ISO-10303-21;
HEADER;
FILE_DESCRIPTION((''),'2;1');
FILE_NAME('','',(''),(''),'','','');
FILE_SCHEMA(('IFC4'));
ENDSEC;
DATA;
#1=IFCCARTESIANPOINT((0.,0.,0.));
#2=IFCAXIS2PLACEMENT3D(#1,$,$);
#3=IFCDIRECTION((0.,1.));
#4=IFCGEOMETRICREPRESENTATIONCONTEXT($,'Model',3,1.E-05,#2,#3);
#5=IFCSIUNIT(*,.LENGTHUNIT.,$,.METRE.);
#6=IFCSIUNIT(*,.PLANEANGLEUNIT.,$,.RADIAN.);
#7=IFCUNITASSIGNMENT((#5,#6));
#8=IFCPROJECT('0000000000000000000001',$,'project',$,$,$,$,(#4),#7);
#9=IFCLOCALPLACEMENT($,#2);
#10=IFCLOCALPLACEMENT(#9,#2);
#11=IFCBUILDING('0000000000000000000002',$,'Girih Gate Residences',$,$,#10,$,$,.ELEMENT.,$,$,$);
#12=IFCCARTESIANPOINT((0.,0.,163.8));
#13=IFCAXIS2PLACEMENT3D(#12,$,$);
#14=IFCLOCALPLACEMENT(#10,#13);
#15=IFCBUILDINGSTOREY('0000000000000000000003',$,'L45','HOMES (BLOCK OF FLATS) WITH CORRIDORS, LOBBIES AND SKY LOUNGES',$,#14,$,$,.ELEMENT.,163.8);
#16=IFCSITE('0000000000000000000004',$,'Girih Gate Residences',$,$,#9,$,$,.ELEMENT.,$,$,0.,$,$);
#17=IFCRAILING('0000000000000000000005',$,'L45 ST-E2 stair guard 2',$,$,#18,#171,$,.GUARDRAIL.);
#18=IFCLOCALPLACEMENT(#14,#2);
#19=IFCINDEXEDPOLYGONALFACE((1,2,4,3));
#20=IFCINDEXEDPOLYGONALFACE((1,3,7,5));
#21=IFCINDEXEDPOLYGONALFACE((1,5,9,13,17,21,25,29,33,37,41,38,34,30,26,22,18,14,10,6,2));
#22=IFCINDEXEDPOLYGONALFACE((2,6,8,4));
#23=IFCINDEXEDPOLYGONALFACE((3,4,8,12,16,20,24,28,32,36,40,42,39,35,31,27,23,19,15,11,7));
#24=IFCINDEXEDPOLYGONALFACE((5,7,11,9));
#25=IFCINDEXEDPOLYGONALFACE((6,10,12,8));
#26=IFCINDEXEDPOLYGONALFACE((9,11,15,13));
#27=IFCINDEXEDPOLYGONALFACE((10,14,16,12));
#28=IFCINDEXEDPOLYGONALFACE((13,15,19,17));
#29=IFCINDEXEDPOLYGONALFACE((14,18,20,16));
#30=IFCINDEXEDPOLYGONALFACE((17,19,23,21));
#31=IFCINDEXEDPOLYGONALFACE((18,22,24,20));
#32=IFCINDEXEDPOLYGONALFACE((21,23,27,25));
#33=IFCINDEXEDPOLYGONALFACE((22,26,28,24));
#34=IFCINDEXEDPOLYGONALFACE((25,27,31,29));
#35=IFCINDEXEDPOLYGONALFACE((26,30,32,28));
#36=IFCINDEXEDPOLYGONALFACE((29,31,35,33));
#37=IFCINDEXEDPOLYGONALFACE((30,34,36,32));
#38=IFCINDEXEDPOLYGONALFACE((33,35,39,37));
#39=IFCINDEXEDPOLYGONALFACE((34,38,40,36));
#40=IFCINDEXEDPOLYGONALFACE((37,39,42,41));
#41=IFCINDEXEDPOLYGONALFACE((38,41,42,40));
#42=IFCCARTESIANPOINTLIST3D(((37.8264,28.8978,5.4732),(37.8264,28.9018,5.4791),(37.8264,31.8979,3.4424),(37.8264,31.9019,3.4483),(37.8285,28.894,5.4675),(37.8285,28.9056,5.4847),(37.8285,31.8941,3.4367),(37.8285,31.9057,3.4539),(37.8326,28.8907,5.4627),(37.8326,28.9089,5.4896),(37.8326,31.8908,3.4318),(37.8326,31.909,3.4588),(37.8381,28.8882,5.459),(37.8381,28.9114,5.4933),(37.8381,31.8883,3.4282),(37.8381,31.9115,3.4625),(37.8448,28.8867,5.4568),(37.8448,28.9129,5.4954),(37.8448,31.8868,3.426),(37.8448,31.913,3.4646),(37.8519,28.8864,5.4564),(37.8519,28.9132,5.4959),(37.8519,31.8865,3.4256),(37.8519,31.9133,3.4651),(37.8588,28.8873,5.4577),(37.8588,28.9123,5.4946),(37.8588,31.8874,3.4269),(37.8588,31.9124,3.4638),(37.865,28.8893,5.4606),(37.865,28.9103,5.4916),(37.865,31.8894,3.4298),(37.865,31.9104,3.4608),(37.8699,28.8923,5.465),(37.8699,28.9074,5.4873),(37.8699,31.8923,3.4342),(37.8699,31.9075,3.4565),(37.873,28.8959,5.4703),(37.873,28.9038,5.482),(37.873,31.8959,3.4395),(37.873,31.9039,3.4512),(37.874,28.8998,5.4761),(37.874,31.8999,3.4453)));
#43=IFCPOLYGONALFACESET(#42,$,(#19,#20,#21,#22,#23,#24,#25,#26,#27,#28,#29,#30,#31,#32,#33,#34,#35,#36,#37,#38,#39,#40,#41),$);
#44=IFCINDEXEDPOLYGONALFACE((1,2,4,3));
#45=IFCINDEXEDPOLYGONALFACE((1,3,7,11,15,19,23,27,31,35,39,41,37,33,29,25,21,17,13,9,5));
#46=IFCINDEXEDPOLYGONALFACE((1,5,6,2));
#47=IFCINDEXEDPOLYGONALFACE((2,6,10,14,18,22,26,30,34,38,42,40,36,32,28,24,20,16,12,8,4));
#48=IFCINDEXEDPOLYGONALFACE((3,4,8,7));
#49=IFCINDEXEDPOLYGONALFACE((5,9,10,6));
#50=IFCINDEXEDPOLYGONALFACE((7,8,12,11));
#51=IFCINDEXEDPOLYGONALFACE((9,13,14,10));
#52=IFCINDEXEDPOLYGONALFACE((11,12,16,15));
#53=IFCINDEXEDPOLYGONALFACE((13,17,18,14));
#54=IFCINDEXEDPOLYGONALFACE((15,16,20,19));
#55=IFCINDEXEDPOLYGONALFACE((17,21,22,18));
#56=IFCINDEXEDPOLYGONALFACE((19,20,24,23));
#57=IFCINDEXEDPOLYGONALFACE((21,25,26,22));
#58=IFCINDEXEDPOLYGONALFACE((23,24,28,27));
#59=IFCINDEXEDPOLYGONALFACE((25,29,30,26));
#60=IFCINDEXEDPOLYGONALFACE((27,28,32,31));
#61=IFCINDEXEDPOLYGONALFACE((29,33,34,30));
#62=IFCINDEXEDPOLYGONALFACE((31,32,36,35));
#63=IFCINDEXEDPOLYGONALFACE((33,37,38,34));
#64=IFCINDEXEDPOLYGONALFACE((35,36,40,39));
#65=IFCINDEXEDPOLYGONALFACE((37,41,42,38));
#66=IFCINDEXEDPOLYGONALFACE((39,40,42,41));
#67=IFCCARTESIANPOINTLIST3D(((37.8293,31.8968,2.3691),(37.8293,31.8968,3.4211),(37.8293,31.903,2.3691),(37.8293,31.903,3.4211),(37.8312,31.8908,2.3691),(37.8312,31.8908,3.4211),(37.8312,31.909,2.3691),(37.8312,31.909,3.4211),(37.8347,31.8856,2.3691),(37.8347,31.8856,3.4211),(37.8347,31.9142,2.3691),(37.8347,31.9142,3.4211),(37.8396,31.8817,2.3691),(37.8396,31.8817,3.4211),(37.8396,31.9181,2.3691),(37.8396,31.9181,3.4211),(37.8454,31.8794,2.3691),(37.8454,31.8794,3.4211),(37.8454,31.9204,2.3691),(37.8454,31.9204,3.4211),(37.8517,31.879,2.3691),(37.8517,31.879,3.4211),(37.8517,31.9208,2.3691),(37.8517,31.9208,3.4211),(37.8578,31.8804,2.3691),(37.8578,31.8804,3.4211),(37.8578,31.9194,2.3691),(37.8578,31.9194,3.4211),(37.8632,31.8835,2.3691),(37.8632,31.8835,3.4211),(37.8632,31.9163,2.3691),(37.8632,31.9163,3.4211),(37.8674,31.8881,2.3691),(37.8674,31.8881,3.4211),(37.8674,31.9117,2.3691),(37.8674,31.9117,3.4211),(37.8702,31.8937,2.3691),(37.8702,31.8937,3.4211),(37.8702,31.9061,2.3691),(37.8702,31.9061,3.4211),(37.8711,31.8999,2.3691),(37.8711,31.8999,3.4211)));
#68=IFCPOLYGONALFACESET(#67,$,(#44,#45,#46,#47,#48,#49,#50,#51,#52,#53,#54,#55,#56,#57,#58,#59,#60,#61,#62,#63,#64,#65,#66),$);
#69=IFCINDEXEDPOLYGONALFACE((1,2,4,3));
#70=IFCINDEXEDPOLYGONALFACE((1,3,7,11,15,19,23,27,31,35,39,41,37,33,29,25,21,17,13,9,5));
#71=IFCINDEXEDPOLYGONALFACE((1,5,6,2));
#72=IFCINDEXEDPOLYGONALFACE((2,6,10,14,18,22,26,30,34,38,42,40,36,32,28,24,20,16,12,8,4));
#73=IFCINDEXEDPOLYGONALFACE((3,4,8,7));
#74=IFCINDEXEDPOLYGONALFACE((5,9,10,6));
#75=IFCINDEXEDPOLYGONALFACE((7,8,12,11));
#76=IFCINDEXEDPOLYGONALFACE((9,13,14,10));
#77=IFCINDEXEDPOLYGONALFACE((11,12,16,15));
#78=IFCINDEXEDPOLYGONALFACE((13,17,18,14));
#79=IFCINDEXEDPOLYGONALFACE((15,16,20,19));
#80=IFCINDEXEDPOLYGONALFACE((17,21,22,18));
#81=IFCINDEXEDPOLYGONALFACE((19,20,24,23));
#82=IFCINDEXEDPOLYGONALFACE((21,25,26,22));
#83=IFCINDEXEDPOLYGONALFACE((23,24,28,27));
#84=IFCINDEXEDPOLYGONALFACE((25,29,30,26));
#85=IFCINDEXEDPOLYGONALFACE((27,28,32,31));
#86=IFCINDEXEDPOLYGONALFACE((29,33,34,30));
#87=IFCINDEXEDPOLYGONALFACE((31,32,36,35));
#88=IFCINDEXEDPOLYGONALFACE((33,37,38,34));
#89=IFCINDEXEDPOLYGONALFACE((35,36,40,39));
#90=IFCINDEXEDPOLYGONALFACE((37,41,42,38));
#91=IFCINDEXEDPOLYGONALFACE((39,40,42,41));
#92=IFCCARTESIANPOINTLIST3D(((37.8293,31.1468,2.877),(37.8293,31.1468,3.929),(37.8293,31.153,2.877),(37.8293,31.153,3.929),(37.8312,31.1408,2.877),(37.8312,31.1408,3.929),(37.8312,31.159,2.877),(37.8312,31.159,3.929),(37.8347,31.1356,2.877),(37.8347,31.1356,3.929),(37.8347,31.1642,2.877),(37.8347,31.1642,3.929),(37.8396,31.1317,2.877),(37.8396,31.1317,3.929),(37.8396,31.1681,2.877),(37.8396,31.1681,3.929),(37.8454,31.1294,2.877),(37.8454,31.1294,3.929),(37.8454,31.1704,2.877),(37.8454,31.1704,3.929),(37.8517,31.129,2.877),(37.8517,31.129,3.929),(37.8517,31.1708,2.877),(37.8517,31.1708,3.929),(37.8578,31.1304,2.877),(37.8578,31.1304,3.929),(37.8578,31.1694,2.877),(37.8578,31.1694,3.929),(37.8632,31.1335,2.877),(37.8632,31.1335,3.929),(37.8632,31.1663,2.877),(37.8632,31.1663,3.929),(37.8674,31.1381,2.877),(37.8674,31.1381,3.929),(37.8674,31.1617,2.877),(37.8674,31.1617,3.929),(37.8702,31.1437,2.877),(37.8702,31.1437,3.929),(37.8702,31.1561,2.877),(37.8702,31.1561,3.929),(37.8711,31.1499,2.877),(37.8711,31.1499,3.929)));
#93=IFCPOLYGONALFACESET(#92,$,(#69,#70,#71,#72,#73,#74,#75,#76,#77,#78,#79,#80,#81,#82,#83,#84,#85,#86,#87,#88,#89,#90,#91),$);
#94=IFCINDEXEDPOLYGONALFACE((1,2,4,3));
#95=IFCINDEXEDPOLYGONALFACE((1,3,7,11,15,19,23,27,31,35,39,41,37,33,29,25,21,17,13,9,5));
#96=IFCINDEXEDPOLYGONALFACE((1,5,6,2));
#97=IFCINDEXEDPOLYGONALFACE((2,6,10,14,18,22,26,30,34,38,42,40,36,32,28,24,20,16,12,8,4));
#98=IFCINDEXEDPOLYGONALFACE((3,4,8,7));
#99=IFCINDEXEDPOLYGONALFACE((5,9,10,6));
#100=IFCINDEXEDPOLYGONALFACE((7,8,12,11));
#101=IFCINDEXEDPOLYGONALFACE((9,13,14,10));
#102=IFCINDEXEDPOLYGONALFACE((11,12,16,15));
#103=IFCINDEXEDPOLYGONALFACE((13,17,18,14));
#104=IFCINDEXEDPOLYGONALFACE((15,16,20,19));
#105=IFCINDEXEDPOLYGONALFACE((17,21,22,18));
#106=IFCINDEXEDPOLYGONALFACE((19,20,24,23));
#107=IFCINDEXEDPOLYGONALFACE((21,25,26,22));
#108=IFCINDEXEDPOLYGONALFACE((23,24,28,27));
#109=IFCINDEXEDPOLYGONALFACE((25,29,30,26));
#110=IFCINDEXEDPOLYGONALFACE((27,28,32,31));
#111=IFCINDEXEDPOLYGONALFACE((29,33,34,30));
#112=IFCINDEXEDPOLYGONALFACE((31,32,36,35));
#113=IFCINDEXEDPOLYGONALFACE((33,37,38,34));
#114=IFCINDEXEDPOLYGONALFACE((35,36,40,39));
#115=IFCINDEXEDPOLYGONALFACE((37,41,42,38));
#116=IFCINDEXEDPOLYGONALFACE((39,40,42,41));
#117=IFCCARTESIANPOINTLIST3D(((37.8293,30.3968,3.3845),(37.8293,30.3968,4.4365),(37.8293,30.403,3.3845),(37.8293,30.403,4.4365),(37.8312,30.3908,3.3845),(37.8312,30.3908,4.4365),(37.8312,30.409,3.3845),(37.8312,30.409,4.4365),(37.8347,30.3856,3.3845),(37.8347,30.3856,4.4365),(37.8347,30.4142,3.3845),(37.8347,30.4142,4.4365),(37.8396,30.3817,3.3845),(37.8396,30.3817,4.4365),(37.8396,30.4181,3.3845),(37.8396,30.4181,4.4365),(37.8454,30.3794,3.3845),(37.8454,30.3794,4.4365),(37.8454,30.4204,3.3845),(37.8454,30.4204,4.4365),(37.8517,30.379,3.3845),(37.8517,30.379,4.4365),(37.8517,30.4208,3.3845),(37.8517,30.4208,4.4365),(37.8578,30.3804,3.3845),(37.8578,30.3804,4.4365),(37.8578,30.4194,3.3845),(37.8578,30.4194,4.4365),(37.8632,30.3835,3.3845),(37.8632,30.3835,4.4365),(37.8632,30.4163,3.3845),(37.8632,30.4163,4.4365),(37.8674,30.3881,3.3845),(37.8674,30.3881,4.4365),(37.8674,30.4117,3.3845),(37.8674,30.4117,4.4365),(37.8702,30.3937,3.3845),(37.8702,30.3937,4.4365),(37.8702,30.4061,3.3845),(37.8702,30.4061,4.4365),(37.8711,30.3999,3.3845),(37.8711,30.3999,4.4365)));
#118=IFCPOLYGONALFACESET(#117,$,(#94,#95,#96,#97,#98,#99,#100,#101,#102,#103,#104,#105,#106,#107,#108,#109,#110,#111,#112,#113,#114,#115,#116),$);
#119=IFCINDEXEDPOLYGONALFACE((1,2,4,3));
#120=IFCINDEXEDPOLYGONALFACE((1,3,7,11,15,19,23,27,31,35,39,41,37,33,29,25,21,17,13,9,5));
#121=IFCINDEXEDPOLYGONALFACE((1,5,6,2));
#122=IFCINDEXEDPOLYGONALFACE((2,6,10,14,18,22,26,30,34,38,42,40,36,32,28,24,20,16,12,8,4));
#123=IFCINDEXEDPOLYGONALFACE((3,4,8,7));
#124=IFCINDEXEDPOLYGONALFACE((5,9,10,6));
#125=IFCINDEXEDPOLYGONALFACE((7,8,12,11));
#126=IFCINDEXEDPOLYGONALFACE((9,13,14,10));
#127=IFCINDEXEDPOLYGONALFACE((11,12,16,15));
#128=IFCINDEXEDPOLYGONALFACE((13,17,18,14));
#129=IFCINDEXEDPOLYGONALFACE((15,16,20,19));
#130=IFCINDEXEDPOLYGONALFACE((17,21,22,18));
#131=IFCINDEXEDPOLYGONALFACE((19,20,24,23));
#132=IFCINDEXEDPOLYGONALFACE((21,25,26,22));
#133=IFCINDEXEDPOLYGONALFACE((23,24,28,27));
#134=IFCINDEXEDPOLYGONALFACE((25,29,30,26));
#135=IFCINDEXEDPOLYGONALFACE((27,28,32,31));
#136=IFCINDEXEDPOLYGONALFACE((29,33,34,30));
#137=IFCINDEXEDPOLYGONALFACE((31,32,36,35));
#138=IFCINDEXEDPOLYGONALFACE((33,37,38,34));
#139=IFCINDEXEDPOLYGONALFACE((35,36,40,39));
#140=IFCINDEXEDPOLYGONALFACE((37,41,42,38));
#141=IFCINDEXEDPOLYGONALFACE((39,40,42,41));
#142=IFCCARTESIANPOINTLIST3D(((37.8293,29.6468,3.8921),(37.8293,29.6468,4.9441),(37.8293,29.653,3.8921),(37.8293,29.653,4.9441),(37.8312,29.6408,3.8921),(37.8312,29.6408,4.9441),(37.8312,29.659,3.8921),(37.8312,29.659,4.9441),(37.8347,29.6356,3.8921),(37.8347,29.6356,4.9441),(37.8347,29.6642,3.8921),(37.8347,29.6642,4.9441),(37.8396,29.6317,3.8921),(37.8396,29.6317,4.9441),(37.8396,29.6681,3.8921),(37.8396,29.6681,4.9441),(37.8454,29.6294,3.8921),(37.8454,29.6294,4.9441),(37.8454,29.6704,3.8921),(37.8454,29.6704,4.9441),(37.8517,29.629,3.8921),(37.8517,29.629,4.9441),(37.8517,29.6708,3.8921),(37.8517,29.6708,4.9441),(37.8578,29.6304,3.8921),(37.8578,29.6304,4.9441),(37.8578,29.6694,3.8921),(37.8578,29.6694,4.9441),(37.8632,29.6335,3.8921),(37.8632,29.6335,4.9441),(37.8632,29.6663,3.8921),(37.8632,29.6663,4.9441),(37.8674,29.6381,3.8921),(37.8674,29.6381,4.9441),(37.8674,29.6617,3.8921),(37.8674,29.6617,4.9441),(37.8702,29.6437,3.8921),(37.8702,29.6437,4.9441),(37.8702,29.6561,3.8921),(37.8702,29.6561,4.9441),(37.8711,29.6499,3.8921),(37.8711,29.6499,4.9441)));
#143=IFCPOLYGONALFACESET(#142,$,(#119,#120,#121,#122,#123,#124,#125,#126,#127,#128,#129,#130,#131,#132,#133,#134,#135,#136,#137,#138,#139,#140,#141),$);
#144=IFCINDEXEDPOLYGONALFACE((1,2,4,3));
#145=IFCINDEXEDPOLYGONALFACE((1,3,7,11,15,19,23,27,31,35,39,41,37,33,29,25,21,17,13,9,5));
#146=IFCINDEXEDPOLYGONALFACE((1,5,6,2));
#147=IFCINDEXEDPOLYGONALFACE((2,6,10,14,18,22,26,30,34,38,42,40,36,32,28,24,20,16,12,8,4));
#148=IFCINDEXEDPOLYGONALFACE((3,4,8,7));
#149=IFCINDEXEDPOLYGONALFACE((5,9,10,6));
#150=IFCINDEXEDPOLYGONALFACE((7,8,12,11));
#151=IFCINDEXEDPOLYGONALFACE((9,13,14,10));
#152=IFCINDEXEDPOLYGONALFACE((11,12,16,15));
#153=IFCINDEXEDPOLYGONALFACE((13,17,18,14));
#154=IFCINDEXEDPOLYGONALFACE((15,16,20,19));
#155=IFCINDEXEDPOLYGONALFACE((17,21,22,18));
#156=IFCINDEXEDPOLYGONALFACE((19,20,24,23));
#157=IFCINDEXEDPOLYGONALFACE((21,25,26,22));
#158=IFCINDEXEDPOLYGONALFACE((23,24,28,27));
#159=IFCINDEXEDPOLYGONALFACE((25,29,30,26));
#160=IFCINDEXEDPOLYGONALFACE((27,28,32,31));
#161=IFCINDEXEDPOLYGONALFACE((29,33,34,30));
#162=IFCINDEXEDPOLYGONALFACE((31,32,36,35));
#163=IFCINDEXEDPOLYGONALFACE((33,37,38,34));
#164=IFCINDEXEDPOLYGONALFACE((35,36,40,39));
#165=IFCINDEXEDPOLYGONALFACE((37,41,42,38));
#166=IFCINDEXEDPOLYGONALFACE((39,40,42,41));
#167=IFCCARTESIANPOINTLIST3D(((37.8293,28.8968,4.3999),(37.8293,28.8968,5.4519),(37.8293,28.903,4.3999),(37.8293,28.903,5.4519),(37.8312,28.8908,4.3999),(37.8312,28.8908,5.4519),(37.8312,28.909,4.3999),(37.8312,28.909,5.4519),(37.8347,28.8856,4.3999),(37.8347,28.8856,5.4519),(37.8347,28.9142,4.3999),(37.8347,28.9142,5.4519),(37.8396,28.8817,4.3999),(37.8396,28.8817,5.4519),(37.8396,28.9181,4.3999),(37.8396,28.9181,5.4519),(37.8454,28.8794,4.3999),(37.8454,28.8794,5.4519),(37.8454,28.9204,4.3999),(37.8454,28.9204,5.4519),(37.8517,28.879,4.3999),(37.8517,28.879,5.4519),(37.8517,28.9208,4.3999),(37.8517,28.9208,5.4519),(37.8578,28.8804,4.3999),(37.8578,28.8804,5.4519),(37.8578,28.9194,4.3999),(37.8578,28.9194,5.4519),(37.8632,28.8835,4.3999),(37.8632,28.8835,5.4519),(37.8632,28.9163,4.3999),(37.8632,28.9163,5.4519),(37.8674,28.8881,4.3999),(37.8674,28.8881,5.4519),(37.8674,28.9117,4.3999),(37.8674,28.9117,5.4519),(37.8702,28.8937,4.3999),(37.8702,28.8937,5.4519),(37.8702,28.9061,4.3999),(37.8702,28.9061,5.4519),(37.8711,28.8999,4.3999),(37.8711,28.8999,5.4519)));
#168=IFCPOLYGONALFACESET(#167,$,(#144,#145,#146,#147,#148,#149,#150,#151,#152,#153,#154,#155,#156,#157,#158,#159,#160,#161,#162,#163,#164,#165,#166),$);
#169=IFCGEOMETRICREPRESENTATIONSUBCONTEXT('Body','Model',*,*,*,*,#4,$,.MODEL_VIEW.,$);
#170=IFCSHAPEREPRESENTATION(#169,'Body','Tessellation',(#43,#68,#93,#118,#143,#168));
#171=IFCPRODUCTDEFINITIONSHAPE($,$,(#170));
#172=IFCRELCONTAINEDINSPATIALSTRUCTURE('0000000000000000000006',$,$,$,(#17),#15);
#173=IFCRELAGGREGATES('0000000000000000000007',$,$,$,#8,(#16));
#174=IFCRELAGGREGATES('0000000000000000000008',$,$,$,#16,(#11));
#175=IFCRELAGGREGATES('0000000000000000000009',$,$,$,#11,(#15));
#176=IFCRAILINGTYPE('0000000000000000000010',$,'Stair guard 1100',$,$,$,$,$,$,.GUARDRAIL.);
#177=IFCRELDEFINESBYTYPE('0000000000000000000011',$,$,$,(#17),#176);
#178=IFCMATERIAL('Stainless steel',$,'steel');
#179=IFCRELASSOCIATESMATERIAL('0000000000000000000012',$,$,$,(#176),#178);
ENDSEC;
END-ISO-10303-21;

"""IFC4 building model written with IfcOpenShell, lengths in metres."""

from ifc_helpers import new_model, si_unit, direction, frame, origin, origin_2d, place, context, subcontext, project, spatial, circle, extrude, material, type_object, element, save


model = new_model("IFC4")

# Units and contexts
model_context = context("Model", 3, precision=1e-05, world=origin(), true_north=direction((0.0, 1.0)))
body_context = subcontext(model_context, "Body", "Model", "MODEL_VIEW")
ifc_project = project(units=[si_unit("LENGTHUNIT", "METRE"), si_unit("PLANEANGLEUNIT", "RADIAN")], contexts=[model_context])

# Site, building, storey
site_placement = place(None, origin())
site = spatial("IfcSite", under=ifc_project, at=site_placement, Name="Girih Gate Residences", CompositionType="ELEMENT", RefElevation=0.0)
building_placement = place(site_placement, origin())
building = spatial("IfcBuilding", under=site, at=building_placement, Name="Girih Gate Residences", CompositionType="ELEMENT")
storey_placement = place(building_placement, frame((0.0, 0.0, 163.8)))
storey = spatial("IfcBuildingStorey", under=building, at=storey_placement, Name="L45", Description="HOMES (BLOCK OF FLATS) WITH CORRIDORS, LOBBIES AND SKY LOUNGES", CompositionType="ELEMENT", Elevation=163.8)

# Shared definitions
ifc_material_1 = material(Name="Stainless steel", Category="steel")

# Railing
railing_type = type_object("IfcRailingType", Name="Stair guard 1100", PredefinedType="GUARDRAIL", material=ifc_material_1)
railing_placement = place(storey_placement, frame((37.8501, 31.8999, 2.3691)))
element("IfcRailing", 1, at=railing_placement, inside=storey, type_object=railing_type, Name="L45 ST-E2 stair guard 2", PredefinedType="GUARDRAIL", context=body_context, shape_type="SweptSolid", body=[
    extrude(circle(Radius=0.0239, at=origin_2d()), frame((0.0, 0.0, 1.0762), z_axis=(0.0, -0.82811, 0.560565), x_axis=(1.0, 0.0, 0.0)), (0.0, 0.0, 1.0), 3.6228),
    extrude(circle(Radius=0.021, at=origin_2d()), origin(), (0.0, 0.0, 1.0), 1.052),
    extrude(circle(Radius=0.021, at=origin_2d()), frame((0.0, -0.75, 0.5078)), (0.0, 0.0, 1.0), 1.052),
    extrude(circle(Radius=0.021, at=origin_2d()), frame((0.0, -1.5, 1.0154)), (0.0, 0.0, 1.0), 1.052),
    extrude(circle(Radius=0.021, at=origin_2d()), frame((0.0, -2.25, 1.5229)), (0.0, 0.0, 1.0), 1.052),
    extrude(circle(Radius=0.021, at=origin_2d()), frame((0.0, -3.0, 2.0308)), (0.0, 0.0, 1.0), 1.052),
])

save(model, "model.ifc")
